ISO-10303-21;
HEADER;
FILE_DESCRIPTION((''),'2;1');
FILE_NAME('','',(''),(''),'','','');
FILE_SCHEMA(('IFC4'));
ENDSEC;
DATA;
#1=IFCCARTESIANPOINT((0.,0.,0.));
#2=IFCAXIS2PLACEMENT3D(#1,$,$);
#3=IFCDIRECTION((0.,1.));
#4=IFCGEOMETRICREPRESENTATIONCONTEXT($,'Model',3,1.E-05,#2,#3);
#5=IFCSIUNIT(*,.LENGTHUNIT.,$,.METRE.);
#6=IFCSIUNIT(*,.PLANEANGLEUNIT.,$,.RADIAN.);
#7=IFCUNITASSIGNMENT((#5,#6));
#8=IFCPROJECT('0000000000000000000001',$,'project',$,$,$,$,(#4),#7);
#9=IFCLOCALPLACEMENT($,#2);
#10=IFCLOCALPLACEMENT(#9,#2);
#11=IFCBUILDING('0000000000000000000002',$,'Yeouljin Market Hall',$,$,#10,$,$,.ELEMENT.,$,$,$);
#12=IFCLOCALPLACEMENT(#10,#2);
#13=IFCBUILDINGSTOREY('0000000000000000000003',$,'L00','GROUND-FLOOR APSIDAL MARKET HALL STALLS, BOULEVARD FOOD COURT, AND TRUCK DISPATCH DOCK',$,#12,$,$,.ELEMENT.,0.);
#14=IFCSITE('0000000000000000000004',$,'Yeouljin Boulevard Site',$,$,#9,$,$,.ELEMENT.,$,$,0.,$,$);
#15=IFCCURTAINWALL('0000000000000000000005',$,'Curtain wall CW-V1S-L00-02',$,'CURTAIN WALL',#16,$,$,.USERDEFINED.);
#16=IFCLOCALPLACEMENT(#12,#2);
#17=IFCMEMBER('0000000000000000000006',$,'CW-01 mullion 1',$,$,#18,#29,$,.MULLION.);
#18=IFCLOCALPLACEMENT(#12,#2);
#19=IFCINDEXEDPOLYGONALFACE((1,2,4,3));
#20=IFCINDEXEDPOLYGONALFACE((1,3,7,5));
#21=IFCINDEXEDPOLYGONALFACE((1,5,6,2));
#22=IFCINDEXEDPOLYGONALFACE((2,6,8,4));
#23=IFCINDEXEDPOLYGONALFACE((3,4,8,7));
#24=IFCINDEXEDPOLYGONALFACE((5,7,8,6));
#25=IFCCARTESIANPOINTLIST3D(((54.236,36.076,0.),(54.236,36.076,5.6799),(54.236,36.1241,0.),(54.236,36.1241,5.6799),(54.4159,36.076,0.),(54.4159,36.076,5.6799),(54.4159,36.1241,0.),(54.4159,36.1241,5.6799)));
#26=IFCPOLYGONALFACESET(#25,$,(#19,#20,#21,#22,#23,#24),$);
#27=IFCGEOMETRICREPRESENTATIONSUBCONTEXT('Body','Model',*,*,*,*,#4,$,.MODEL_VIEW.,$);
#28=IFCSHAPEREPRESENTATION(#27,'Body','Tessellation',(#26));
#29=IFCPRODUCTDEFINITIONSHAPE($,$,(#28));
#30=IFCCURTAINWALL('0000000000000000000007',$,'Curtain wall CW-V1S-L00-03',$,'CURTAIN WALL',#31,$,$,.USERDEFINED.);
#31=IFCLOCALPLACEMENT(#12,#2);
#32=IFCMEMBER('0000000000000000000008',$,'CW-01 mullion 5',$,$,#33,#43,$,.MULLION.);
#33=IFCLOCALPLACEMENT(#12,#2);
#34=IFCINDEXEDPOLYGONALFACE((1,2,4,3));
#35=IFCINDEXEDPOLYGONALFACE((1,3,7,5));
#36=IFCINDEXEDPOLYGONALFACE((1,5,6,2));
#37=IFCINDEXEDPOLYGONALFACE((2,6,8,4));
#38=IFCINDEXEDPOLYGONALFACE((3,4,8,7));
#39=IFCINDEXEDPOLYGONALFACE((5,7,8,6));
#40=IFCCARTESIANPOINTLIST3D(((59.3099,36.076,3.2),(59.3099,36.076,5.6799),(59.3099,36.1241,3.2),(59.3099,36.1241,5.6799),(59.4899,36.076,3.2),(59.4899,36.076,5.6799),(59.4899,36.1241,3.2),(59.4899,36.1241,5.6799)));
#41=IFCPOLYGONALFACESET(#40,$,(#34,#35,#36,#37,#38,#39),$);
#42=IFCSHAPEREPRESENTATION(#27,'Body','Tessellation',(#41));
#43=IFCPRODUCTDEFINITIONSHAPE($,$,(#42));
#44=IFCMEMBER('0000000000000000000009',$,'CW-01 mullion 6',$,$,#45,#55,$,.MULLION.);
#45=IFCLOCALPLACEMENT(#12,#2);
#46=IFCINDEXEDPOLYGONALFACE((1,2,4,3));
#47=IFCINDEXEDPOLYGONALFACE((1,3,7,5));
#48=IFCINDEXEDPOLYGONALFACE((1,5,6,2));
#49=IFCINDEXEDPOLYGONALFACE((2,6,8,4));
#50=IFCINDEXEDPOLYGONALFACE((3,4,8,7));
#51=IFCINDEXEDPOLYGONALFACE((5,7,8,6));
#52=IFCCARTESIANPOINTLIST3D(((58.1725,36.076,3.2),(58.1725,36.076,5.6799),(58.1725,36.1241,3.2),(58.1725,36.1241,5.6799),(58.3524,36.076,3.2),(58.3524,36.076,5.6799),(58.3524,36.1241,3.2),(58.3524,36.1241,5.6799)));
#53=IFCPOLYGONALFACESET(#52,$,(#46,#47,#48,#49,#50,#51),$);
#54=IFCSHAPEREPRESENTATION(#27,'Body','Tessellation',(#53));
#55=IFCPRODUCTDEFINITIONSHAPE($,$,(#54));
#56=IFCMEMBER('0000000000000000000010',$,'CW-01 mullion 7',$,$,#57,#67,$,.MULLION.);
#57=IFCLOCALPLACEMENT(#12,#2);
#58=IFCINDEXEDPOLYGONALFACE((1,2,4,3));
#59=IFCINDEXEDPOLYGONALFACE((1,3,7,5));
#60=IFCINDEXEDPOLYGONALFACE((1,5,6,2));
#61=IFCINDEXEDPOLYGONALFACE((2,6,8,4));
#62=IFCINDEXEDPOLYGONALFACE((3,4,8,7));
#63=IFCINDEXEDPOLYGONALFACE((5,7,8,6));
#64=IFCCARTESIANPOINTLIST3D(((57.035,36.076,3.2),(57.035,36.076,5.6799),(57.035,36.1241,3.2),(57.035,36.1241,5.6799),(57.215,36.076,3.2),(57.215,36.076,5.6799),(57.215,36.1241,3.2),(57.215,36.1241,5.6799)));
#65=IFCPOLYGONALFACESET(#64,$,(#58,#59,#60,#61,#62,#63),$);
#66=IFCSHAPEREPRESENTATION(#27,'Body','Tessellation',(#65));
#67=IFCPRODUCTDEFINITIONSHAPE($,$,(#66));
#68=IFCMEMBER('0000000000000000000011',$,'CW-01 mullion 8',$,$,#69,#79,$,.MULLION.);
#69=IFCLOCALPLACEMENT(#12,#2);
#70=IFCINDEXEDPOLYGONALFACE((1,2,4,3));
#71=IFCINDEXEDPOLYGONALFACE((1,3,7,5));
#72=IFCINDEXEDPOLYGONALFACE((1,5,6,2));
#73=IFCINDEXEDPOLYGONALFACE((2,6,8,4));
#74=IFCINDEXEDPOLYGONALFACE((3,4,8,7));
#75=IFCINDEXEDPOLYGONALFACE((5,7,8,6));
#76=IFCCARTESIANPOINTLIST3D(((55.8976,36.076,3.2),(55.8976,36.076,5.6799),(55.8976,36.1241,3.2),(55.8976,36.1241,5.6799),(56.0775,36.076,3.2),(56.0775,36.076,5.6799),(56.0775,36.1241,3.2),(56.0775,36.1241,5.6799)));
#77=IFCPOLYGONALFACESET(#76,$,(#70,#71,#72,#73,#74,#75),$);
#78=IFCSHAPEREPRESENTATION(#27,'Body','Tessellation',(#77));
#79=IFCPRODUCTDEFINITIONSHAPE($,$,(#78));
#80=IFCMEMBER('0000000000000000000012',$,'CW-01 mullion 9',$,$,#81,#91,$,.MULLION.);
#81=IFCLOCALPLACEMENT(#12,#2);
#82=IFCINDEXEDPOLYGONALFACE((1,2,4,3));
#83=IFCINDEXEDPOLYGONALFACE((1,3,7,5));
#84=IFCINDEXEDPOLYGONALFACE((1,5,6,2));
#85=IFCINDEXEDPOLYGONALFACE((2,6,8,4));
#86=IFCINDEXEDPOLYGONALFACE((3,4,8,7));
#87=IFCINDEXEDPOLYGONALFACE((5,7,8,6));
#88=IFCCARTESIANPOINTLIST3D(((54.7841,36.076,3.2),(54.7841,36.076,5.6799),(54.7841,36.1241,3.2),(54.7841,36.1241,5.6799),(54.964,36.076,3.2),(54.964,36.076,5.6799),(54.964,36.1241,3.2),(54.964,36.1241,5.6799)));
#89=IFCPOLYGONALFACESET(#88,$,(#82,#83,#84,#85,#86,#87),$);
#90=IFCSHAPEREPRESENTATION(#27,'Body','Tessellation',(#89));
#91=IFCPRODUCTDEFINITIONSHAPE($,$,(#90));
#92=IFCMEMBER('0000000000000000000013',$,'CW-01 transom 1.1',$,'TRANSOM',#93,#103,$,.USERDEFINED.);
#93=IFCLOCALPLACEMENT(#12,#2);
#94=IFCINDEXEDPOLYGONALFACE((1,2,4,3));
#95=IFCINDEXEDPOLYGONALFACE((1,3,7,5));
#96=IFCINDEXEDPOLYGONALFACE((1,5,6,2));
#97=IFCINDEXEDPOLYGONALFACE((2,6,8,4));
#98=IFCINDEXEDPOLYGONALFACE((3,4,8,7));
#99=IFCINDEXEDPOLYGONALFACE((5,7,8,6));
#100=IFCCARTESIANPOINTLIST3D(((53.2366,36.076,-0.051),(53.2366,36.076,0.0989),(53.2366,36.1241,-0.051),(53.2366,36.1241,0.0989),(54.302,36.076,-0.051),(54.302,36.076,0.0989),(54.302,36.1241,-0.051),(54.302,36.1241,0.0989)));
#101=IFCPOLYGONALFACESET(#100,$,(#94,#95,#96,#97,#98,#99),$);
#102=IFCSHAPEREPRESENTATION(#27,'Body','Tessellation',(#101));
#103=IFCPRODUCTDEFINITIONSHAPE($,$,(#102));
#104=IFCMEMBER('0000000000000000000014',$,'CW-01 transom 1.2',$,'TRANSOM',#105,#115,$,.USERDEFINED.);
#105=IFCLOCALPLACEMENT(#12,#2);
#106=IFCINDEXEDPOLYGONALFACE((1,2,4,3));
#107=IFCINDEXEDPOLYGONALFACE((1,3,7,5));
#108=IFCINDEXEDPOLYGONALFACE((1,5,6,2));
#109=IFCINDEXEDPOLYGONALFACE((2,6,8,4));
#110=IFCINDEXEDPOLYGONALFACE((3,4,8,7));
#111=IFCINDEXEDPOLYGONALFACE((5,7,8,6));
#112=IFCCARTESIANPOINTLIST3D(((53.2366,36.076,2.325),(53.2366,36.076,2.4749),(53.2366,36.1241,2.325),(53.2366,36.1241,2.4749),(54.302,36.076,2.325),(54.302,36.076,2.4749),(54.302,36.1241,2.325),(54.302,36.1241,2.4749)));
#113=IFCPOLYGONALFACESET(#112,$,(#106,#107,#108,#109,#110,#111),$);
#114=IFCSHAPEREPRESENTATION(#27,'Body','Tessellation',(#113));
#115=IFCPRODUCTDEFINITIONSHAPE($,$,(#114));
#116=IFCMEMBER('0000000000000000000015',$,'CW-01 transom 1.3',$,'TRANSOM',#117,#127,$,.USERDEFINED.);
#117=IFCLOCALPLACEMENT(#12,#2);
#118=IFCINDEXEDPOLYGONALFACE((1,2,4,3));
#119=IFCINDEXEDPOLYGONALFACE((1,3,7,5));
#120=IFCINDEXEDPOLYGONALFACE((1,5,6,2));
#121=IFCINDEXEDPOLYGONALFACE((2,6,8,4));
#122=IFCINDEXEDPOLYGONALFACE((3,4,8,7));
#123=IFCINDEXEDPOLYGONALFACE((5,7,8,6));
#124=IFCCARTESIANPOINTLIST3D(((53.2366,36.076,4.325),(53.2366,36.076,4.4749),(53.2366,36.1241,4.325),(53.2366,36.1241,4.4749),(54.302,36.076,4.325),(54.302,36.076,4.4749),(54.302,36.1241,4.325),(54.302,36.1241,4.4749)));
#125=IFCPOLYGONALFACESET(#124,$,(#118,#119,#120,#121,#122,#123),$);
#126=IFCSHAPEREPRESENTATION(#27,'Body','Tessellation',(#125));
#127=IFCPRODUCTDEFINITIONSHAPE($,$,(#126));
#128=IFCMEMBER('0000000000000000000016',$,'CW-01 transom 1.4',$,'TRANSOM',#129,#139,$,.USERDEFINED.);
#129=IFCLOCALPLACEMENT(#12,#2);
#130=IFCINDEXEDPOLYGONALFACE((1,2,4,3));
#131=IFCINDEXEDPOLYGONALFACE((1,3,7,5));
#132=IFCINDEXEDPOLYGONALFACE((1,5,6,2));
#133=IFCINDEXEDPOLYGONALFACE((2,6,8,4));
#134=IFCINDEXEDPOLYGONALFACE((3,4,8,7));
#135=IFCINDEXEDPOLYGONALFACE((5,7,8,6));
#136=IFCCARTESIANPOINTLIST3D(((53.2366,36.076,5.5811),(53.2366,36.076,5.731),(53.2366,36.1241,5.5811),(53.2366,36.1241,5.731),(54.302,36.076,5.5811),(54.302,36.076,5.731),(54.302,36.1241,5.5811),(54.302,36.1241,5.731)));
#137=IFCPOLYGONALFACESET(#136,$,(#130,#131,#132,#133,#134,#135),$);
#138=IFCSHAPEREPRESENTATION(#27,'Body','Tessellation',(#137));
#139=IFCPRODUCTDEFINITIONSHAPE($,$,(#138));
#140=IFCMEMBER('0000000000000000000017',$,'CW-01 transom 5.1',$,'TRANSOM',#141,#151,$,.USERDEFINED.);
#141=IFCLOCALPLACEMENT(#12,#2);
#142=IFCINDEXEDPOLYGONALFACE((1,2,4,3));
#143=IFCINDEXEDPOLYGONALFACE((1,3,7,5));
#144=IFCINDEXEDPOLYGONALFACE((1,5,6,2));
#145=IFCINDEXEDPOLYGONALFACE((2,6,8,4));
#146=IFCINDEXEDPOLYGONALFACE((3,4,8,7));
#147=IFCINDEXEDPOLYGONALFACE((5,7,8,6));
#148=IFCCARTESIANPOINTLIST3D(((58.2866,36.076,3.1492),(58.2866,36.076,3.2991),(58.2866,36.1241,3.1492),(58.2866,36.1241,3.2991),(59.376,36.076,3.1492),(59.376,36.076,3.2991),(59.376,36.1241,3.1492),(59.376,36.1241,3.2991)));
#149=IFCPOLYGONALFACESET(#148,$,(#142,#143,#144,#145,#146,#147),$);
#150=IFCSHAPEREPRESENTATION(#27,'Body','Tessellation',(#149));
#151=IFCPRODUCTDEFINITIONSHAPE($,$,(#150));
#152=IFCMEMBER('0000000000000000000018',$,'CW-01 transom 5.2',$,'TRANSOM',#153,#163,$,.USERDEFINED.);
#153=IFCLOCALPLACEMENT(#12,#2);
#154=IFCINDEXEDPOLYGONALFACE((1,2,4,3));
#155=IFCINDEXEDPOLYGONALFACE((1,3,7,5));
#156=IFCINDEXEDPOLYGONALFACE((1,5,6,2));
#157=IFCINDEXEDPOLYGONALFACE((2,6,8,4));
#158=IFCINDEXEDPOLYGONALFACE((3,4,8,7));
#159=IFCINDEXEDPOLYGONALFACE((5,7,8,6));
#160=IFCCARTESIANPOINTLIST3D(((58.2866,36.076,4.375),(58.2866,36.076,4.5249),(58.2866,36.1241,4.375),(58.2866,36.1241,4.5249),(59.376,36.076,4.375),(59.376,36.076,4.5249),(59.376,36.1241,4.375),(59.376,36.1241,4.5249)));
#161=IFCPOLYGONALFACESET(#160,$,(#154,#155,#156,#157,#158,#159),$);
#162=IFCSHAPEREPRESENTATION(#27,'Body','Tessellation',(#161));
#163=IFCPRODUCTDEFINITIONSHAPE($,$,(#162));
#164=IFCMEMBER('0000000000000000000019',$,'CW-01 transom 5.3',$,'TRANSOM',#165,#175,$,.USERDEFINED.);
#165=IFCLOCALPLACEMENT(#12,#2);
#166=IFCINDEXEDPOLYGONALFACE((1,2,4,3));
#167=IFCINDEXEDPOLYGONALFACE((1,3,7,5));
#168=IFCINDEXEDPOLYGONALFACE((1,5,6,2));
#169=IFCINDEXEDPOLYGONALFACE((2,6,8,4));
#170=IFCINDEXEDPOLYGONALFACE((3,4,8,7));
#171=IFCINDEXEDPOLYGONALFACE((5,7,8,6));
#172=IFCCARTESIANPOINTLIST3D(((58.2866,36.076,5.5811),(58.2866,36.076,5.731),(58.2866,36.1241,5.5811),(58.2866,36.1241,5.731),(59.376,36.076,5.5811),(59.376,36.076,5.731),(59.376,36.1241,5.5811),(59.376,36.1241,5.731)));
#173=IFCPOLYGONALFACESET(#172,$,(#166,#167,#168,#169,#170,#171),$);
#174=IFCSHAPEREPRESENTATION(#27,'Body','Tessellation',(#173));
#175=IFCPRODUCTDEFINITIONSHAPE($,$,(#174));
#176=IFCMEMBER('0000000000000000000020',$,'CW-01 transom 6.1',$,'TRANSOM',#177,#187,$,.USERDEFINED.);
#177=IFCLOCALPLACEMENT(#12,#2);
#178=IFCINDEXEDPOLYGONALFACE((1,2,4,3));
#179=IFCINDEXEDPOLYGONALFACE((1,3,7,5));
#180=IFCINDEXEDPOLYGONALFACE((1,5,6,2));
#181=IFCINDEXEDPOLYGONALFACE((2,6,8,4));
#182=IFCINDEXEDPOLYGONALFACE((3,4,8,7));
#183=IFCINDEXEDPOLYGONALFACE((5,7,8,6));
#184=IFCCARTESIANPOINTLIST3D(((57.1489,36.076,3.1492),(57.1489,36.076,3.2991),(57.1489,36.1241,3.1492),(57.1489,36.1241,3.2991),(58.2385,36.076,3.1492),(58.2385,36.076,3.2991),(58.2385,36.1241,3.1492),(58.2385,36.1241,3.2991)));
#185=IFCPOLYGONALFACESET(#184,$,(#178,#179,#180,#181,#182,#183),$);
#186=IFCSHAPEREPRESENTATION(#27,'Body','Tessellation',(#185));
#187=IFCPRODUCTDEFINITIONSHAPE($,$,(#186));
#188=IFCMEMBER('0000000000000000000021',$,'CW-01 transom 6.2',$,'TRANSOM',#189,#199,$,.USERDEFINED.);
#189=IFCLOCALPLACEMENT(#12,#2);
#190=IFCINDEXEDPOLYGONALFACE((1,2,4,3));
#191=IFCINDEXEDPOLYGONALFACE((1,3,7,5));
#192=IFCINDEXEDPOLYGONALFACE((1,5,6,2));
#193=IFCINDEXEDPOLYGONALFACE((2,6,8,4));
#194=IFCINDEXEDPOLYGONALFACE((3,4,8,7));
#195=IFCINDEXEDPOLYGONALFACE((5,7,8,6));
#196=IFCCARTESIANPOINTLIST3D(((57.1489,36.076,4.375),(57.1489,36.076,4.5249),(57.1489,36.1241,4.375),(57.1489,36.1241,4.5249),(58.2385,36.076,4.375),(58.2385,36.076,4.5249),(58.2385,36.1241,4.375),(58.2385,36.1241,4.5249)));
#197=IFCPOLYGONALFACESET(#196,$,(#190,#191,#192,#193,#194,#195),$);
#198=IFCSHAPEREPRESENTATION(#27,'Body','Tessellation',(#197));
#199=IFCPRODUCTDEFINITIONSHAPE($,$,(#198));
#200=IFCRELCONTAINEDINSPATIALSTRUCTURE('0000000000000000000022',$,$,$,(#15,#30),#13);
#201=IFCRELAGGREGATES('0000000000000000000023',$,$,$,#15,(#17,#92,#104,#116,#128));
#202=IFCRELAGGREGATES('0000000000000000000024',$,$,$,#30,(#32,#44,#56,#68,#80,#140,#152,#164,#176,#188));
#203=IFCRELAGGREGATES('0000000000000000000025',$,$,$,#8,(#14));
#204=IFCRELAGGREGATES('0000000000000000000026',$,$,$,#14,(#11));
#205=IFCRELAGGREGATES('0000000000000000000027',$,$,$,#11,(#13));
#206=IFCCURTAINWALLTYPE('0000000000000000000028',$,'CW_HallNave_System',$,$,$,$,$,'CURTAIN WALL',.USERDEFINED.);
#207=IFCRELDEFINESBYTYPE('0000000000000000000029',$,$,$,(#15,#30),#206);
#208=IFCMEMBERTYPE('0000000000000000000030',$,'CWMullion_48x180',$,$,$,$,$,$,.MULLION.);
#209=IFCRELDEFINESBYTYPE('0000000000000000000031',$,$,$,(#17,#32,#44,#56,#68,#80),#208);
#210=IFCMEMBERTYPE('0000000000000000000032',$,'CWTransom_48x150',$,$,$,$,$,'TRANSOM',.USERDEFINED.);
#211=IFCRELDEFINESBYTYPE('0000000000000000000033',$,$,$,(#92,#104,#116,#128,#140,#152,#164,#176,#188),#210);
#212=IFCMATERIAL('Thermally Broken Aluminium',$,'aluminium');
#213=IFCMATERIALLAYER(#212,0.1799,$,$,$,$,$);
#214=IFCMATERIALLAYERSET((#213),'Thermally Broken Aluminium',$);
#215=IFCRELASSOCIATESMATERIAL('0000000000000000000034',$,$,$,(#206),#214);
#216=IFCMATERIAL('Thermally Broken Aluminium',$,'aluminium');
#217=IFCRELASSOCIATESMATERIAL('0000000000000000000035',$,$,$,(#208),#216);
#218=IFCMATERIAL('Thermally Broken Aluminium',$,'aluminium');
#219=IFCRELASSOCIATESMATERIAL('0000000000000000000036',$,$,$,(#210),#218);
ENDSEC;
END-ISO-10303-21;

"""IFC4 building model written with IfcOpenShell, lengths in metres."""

from ifc_helpers import new_model, si_unit, direction, frame, origin, origin_2d, place, context, subcontext, project, spatial, rectangle, extrude, material, layer, layer_set, material_profile, profile_set, type_object, element, aggregate, save


model = new_model("IFC4")

# Units and contexts
model_context = context("Model", 3, precision=1e-05, world=origin(), true_north=direction((0.0, 1.0)))
body_context = subcontext(model_context, "Body", "Model", "MODEL_VIEW")
ifc_project = project(units=[si_unit("LENGTHUNIT", "METRE"), si_unit("PLANEANGLEUNIT", "RADIAN")], contexts=[model_context])

# Site, building, storey
site_placement = place(None, origin())
site = spatial("IfcSite", under=ifc_project, at=site_placement, Name="Yeouljin Boulevard Site", CompositionType="ELEMENT", RefElevation=0.0)
building_placement = place(site_placement, origin())
building = spatial("IfcBuilding", under=site, at=building_placement, Name="Yeouljin Market Hall", CompositionType="ELEMENT")
storey_placement = place(building_placement, origin())
storey = spatial("IfcBuildingStorey", under=building, at=storey_placement, Name="L00", Description="GROUND-FLOOR APSIDAL MARKET HALL STALLS, BOULEVARD FOOD COURT, AND TRUCK DISPATCH DOCK", CompositionType="ELEMENT", Elevation=0.0)

# Curtain wall, member
ifc_material_1 = material(Name="Thermally Broken Aluminium", Category="aluminium")
ifc_layer_1 = layer(ifc_material_1, 0.1799)
ifc_layer_set_1 = layer_set([ifc_layer_1], Name="Thermally Broken Aluminium")
curtain_wall_type = type_object("IfcCurtainWallType", Name="CW_HallNave_System", ElementType="CURTAIN WALL", PredefinedType="USERDEFINED", material=ifc_layer_set_1)
curtain_wall_1_placement = place(storey_placement, origin())
curtain_wall_1 = element("IfcCurtainWall", 1, at=curtain_wall_1_placement, inside=storey, type_object=curtain_wall_type, Name="Curtain wall CW-V1S-L00-02", ObjectType="CURTAIN WALL", PredefinedType="USERDEFINED")
ifc_material_2 = material(Name="Thermally Broken Aluminium", Category="aluminium")
ifc_material_profile_1 = material_profile(ifc_material_2, rectangle(XDim=0.0481, YDim=0.1799, at=origin_2d()), Name="CW-MULL-48x180")
ifc_profile_set_1 = profile_set([ifc_material_profile_1], Name="Thermally Broken Aluminium")
member_type_1 = type_object("IfcMemberType", Name="CWMullion_48x180", PredefinedType="MULLION", material=ifc_profile_set_1)
member_1_placement = place(storey_placement, frame((54.3259, 36.1001, 0.0), z_axis=(0.0, 0.0, 1.0), x_axis=(0.0, -1.0, 0.0)))
member_1 = element("IfcMember", 2, at=member_1_placement, type_object=member_type_1, Name="CW-01 mullion 1", PredefinedType="MULLION", context=body_context, shape_type="SweptSolid", body=[
    extrude(rectangle(XDim=0.0481, YDim=0.1799, at=origin_2d()), origin(), (0.0, 0.0, 1.0), 5.6799),
])

# Curtain wall, members
curtain_wall_2_placement = place(storey_placement, origin())
curtain_wall_2 = element("IfcCurtainWall", 3, at=curtain_wall_2_placement, inside=storey, type_object=curtain_wall_type, Name="Curtain wall CW-V1S-L00-03", ObjectType="CURTAIN WALL", PredefinedType="USERDEFINED")
member_2_placement = place(storey_placement, frame((59.3999, 36.1001, 3.2), z_axis=(0.0, 0.0, 1.0), x_axis=(0.0, -1.0, 0.0)))
member_2 = element("IfcMember", 4, at=member_2_placement, type_object=member_type_1, Name="CW-01 mullion 5", PredefinedType="MULLION", context=body_context, shape_type="SweptSolid", body=[
    extrude(rectangle(XDim=0.0481, YDim=0.1799, at=origin_2d()), origin(), (0.0, 0.0, 1.0), 2.48),
])
member_3_placement = place(storey_placement, frame((58.2625, 36.1001, 3.2), z_axis=(0.0, 0.0, 1.0), x_axis=(0.0, -1.0, 0.0)))
member_3 = element("IfcMember", 5, at=member_3_placement, type_object=member_type_1, Name="CW-01 mullion 6", PredefinedType="MULLION", context=body_context, shape_type="SweptSolid", body=[
    extrude(rectangle(XDim=0.0481, YDim=0.1799, at=origin_2d()), origin(), (0.0, 0.0, 1.0), 2.48),
])
member_4_placement = place(storey_placement, frame((57.125, 36.1001, 3.2), z_axis=(0.0, 0.0, 1.0), x_axis=(0.0, -1.0, 0.0)))
member_4 = element("IfcMember", 6, at=member_4_placement, type_object=member_type_1, Name="CW-01 mullion 7", PredefinedType="MULLION", context=body_context, shape_type="SweptSolid", body=[
    extrude(rectangle(XDim=0.0481, YDim=0.1799, at=origin_2d()), origin(), (0.0, 0.0, 1.0), 2.48),
])
member_5_placement = place(storey_placement, frame((55.9875, 36.1001, 3.2), z_axis=(0.0, 0.0, 1.0), x_axis=(0.0, -1.0, 0.0)))
member_5 = element("IfcMember", 7, at=member_5_placement, type_object=member_type_1, Name="CW-01 mullion 8", PredefinedType="MULLION", context=body_context, shape_type="SweptSolid", body=[
    extrude(rectangle(XDim=0.0481, YDim=0.1799, at=origin_2d()), origin(), (0.0, 0.0, 1.0), 2.48),
])
member_6_placement = place(storey_placement, frame((54.874, 36.1001, 3.2), z_axis=(0.0, 0.0, 1.0), x_axis=(0.0, -1.0, 0.0)))
member_6 = element("IfcMember", 8, at=member_6_placement, type_object=member_type_1, Name="CW-01 mullion 9", PredefinedType="MULLION", context=body_context, shape_type="SweptSolid", body=[
    extrude(rectangle(XDim=0.0481, YDim=0.1799, at=origin_2d()), origin(), (0.0, 0.0, 1.0), 2.48),
])

# Members
ifc_material_3 = material(Name="Thermally Broken Aluminium", Category="aluminium")
ifc_material_profile_2 = material_profile(ifc_material_3, rectangle(XDim=0.0481, YDim=0.1499, at=origin_2d()), Name="CW-TRAN-48x150")
ifc_profile_set_2 = profile_set([ifc_material_profile_2], Name="Thermally Broken Aluminium")
member_type_2 = type_object("IfcMemberType", Name="CWTransom_48x150", ElementType="TRANSOM", PredefinedType="USERDEFINED", material=ifc_profile_set_2)
member_7_placement = place(storey_placement, frame((54.302, 36.1001, 0.0239), z_axis=(-1.0, 0.0, 0.0), x_axis=(0.0, -1.0, 0.0)))
member_7 = element("IfcMember", 9, at=member_7_placement, type_object=member_type_2, Name="CW-01 transom 1.1", ObjectType="TRANSOM", PredefinedType="USERDEFINED", context=body_context, shape_type="SweptSolid", body=[
    extrude(rectangle(XDim=0.0481, YDim=0.1499, at=origin_2d()), origin(), (0.0, 0.0, 1.0), 1.0654),
])
member_8_placement = place(storey_placement, frame((54.302, 36.1001, 2.3999), z_axis=(-1.0, 0.0, 0.0), x_axis=(0.0, -1.0, 0.0)))
member_8 = element("IfcMember", 10, at=member_8_placement, type_object=member_type_2, Name="CW-01 transom 1.2", ObjectType="TRANSOM", PredefinedType="USERDEFINED", context=body_context, shape_type="SweptSolid", body=[
    extrude(rectangle(XDim=0.0481, YDim=0.1499, at=origin_2d()), origin(), (0.0, 0.0, 1.0), 1.0654),
])
member_9_placement = place(storey_placement, frame((54.302, 36.1001, 4.3999), z_axis=(-1.0, 0.0, 0.0), x_axis=(0.0, -1.0, 0.0)))
member_9 = element("IfcMember", 11, at=member_9_placement, type_object=member_type_2, Name="CW-01 transom 1.3", ObjectType="TRANSOM", PredefinedType="USERDEFINED", context=body_context, shape_type="SweptSolid", body=[
    extrude(rectangle(XDim=0.0481, YDim=0.1499, at=origin_2d()), origin(), (0.0, 0.0, 1.0), 1.0654),
])
member_10_placement = place(storey_placement, frame((54.302, 36.1001, 5.656), z_axis=(-1.0, 0.0, 0.0), x_axis=(0.0, -1.0, 0.0)))
member_10 = element("IfcMember", 12, at=member_10_placement, type_object=member_type_2, Name="CW-01 transom 1.4", ObjectType="TRANSOM", PredefinedType="USERDEFINED", context=body_context, shape_type="SweptSolid", body=[
    extrude(rectangle(XDim=0.0481, YDim=0.1499, at=origin_2d()), origin(), (0.0, 0.0, 1.0), 1.0654),
])
aggregate(curtain_wall_1, [member_1, member_7, member_8, member_9, member_10])
member_11_placement = place(storey_placement, frame((59.376, 36.1001, 3.2241), z_axis=(-1.0, 0.0, 0.0), x_axis=(0.0, -1.0, 0.0)))
member_11 = element("IfcMember", 13, at=member_11_placement, type_object=member_type_2, Name="CW-01 transom 5.1", ObjectType="TRANSOM", PredefinedType="USERDEFINED", context=body_context, shape_type="SweptSolid", body=[
    extrude(rectangle(XDim=0.0481, YDim=0.1499, at=origin_2d()), origin(), (0.0, 0.0, 1.0), 1.0894),
])
member_12_placement = place(storey_placement, frame((59.376, 36.1001, 4.45), z_axis=(-1.0, 0.0, 0.0), x_axis=(0.0, -1.0, 0.0)))
member_12 = element("IfcMember", 14, at=member_12_placement, type_object=member_type_2, Name="CW-01 transom 5.2", ObjectType="TRANSOM", PredefinedType="USERDEFINED", context=body_context, shape_type="SweptSolid", body=[
    extrude(rectangle(XDim=0.0481, YDim=0.1499, at=origin_2d()), origin(), (0.0, 0.0, 1.0), 1.0894),
])
member_13_placement = place(storey_placement, frame((59.376, 36.1001, 5.656), z_axis=(-1.0, 0.0, 0.0), x_axis=(0.0, -1.0, 0.0)))
member_13 = element("IfcMember", 15, at=member_13_placement, type_object=member_type_2, Name="CW-01 transom 5.3", ObjectType="TRANSOM", PredefinedType="USERDEFINED", context=body_context, shape_type="SweptSolid", body=[
    extrude(rectangle(XDim=0.0481, YDim=0.1499, at=origin_2d()), origin(), (0.0, 0.0, 1.0), 1.0894),
])
member_14_placement = place(storey_placement, frame((58.2385, 36.1001, 3.2241), z_axis=(-1.0, 0.0, 0.0), x_axis=(0.0, -1.0, 0.0)))
member_14 = element("IfcMember", 16, at=member_14_placement, type_object=member_type_2, Name="CW-01 transom 6.1", ObjectType="TRANSOM", PredefinedType="USERDEFINED", context=body_context, shape_type="SweptSolid", body=[
    extrude(rectangle(XDim=0.0481, YDim=0.1499, at=origin_2d()), origin(), (0.0, 0.0, 1.0), 1.0896),
])
member_15_placement = place(storey_placement, frame((58.2385, 36.1001, 4.45), z_axis=(-1.0, 0.0, 0.0), x_axis=(0.0, -1.0, 0.0)))
member_15 = element("IfcMember", 17, at=member_15_placement, type_object=member_type_2, Name="CW-01 transom 6.2", ObjectType="TRANSOM", PredefinedType="USERDEFINED", context=body_context, shape_type="SweptSolid", body=[
    extrude(rectangle(XDim=0.0481, YDim=0.1499, at=origin_2d()), origin(), (0.0, 0.0, 1.0), 1.0896),
])

aggregate(curtain_wall_2, [member_2, member_3, member_4, member_5, member_6, member_11, member_12, member_13, member_14, member_15])

save(model, "model.ifc")
